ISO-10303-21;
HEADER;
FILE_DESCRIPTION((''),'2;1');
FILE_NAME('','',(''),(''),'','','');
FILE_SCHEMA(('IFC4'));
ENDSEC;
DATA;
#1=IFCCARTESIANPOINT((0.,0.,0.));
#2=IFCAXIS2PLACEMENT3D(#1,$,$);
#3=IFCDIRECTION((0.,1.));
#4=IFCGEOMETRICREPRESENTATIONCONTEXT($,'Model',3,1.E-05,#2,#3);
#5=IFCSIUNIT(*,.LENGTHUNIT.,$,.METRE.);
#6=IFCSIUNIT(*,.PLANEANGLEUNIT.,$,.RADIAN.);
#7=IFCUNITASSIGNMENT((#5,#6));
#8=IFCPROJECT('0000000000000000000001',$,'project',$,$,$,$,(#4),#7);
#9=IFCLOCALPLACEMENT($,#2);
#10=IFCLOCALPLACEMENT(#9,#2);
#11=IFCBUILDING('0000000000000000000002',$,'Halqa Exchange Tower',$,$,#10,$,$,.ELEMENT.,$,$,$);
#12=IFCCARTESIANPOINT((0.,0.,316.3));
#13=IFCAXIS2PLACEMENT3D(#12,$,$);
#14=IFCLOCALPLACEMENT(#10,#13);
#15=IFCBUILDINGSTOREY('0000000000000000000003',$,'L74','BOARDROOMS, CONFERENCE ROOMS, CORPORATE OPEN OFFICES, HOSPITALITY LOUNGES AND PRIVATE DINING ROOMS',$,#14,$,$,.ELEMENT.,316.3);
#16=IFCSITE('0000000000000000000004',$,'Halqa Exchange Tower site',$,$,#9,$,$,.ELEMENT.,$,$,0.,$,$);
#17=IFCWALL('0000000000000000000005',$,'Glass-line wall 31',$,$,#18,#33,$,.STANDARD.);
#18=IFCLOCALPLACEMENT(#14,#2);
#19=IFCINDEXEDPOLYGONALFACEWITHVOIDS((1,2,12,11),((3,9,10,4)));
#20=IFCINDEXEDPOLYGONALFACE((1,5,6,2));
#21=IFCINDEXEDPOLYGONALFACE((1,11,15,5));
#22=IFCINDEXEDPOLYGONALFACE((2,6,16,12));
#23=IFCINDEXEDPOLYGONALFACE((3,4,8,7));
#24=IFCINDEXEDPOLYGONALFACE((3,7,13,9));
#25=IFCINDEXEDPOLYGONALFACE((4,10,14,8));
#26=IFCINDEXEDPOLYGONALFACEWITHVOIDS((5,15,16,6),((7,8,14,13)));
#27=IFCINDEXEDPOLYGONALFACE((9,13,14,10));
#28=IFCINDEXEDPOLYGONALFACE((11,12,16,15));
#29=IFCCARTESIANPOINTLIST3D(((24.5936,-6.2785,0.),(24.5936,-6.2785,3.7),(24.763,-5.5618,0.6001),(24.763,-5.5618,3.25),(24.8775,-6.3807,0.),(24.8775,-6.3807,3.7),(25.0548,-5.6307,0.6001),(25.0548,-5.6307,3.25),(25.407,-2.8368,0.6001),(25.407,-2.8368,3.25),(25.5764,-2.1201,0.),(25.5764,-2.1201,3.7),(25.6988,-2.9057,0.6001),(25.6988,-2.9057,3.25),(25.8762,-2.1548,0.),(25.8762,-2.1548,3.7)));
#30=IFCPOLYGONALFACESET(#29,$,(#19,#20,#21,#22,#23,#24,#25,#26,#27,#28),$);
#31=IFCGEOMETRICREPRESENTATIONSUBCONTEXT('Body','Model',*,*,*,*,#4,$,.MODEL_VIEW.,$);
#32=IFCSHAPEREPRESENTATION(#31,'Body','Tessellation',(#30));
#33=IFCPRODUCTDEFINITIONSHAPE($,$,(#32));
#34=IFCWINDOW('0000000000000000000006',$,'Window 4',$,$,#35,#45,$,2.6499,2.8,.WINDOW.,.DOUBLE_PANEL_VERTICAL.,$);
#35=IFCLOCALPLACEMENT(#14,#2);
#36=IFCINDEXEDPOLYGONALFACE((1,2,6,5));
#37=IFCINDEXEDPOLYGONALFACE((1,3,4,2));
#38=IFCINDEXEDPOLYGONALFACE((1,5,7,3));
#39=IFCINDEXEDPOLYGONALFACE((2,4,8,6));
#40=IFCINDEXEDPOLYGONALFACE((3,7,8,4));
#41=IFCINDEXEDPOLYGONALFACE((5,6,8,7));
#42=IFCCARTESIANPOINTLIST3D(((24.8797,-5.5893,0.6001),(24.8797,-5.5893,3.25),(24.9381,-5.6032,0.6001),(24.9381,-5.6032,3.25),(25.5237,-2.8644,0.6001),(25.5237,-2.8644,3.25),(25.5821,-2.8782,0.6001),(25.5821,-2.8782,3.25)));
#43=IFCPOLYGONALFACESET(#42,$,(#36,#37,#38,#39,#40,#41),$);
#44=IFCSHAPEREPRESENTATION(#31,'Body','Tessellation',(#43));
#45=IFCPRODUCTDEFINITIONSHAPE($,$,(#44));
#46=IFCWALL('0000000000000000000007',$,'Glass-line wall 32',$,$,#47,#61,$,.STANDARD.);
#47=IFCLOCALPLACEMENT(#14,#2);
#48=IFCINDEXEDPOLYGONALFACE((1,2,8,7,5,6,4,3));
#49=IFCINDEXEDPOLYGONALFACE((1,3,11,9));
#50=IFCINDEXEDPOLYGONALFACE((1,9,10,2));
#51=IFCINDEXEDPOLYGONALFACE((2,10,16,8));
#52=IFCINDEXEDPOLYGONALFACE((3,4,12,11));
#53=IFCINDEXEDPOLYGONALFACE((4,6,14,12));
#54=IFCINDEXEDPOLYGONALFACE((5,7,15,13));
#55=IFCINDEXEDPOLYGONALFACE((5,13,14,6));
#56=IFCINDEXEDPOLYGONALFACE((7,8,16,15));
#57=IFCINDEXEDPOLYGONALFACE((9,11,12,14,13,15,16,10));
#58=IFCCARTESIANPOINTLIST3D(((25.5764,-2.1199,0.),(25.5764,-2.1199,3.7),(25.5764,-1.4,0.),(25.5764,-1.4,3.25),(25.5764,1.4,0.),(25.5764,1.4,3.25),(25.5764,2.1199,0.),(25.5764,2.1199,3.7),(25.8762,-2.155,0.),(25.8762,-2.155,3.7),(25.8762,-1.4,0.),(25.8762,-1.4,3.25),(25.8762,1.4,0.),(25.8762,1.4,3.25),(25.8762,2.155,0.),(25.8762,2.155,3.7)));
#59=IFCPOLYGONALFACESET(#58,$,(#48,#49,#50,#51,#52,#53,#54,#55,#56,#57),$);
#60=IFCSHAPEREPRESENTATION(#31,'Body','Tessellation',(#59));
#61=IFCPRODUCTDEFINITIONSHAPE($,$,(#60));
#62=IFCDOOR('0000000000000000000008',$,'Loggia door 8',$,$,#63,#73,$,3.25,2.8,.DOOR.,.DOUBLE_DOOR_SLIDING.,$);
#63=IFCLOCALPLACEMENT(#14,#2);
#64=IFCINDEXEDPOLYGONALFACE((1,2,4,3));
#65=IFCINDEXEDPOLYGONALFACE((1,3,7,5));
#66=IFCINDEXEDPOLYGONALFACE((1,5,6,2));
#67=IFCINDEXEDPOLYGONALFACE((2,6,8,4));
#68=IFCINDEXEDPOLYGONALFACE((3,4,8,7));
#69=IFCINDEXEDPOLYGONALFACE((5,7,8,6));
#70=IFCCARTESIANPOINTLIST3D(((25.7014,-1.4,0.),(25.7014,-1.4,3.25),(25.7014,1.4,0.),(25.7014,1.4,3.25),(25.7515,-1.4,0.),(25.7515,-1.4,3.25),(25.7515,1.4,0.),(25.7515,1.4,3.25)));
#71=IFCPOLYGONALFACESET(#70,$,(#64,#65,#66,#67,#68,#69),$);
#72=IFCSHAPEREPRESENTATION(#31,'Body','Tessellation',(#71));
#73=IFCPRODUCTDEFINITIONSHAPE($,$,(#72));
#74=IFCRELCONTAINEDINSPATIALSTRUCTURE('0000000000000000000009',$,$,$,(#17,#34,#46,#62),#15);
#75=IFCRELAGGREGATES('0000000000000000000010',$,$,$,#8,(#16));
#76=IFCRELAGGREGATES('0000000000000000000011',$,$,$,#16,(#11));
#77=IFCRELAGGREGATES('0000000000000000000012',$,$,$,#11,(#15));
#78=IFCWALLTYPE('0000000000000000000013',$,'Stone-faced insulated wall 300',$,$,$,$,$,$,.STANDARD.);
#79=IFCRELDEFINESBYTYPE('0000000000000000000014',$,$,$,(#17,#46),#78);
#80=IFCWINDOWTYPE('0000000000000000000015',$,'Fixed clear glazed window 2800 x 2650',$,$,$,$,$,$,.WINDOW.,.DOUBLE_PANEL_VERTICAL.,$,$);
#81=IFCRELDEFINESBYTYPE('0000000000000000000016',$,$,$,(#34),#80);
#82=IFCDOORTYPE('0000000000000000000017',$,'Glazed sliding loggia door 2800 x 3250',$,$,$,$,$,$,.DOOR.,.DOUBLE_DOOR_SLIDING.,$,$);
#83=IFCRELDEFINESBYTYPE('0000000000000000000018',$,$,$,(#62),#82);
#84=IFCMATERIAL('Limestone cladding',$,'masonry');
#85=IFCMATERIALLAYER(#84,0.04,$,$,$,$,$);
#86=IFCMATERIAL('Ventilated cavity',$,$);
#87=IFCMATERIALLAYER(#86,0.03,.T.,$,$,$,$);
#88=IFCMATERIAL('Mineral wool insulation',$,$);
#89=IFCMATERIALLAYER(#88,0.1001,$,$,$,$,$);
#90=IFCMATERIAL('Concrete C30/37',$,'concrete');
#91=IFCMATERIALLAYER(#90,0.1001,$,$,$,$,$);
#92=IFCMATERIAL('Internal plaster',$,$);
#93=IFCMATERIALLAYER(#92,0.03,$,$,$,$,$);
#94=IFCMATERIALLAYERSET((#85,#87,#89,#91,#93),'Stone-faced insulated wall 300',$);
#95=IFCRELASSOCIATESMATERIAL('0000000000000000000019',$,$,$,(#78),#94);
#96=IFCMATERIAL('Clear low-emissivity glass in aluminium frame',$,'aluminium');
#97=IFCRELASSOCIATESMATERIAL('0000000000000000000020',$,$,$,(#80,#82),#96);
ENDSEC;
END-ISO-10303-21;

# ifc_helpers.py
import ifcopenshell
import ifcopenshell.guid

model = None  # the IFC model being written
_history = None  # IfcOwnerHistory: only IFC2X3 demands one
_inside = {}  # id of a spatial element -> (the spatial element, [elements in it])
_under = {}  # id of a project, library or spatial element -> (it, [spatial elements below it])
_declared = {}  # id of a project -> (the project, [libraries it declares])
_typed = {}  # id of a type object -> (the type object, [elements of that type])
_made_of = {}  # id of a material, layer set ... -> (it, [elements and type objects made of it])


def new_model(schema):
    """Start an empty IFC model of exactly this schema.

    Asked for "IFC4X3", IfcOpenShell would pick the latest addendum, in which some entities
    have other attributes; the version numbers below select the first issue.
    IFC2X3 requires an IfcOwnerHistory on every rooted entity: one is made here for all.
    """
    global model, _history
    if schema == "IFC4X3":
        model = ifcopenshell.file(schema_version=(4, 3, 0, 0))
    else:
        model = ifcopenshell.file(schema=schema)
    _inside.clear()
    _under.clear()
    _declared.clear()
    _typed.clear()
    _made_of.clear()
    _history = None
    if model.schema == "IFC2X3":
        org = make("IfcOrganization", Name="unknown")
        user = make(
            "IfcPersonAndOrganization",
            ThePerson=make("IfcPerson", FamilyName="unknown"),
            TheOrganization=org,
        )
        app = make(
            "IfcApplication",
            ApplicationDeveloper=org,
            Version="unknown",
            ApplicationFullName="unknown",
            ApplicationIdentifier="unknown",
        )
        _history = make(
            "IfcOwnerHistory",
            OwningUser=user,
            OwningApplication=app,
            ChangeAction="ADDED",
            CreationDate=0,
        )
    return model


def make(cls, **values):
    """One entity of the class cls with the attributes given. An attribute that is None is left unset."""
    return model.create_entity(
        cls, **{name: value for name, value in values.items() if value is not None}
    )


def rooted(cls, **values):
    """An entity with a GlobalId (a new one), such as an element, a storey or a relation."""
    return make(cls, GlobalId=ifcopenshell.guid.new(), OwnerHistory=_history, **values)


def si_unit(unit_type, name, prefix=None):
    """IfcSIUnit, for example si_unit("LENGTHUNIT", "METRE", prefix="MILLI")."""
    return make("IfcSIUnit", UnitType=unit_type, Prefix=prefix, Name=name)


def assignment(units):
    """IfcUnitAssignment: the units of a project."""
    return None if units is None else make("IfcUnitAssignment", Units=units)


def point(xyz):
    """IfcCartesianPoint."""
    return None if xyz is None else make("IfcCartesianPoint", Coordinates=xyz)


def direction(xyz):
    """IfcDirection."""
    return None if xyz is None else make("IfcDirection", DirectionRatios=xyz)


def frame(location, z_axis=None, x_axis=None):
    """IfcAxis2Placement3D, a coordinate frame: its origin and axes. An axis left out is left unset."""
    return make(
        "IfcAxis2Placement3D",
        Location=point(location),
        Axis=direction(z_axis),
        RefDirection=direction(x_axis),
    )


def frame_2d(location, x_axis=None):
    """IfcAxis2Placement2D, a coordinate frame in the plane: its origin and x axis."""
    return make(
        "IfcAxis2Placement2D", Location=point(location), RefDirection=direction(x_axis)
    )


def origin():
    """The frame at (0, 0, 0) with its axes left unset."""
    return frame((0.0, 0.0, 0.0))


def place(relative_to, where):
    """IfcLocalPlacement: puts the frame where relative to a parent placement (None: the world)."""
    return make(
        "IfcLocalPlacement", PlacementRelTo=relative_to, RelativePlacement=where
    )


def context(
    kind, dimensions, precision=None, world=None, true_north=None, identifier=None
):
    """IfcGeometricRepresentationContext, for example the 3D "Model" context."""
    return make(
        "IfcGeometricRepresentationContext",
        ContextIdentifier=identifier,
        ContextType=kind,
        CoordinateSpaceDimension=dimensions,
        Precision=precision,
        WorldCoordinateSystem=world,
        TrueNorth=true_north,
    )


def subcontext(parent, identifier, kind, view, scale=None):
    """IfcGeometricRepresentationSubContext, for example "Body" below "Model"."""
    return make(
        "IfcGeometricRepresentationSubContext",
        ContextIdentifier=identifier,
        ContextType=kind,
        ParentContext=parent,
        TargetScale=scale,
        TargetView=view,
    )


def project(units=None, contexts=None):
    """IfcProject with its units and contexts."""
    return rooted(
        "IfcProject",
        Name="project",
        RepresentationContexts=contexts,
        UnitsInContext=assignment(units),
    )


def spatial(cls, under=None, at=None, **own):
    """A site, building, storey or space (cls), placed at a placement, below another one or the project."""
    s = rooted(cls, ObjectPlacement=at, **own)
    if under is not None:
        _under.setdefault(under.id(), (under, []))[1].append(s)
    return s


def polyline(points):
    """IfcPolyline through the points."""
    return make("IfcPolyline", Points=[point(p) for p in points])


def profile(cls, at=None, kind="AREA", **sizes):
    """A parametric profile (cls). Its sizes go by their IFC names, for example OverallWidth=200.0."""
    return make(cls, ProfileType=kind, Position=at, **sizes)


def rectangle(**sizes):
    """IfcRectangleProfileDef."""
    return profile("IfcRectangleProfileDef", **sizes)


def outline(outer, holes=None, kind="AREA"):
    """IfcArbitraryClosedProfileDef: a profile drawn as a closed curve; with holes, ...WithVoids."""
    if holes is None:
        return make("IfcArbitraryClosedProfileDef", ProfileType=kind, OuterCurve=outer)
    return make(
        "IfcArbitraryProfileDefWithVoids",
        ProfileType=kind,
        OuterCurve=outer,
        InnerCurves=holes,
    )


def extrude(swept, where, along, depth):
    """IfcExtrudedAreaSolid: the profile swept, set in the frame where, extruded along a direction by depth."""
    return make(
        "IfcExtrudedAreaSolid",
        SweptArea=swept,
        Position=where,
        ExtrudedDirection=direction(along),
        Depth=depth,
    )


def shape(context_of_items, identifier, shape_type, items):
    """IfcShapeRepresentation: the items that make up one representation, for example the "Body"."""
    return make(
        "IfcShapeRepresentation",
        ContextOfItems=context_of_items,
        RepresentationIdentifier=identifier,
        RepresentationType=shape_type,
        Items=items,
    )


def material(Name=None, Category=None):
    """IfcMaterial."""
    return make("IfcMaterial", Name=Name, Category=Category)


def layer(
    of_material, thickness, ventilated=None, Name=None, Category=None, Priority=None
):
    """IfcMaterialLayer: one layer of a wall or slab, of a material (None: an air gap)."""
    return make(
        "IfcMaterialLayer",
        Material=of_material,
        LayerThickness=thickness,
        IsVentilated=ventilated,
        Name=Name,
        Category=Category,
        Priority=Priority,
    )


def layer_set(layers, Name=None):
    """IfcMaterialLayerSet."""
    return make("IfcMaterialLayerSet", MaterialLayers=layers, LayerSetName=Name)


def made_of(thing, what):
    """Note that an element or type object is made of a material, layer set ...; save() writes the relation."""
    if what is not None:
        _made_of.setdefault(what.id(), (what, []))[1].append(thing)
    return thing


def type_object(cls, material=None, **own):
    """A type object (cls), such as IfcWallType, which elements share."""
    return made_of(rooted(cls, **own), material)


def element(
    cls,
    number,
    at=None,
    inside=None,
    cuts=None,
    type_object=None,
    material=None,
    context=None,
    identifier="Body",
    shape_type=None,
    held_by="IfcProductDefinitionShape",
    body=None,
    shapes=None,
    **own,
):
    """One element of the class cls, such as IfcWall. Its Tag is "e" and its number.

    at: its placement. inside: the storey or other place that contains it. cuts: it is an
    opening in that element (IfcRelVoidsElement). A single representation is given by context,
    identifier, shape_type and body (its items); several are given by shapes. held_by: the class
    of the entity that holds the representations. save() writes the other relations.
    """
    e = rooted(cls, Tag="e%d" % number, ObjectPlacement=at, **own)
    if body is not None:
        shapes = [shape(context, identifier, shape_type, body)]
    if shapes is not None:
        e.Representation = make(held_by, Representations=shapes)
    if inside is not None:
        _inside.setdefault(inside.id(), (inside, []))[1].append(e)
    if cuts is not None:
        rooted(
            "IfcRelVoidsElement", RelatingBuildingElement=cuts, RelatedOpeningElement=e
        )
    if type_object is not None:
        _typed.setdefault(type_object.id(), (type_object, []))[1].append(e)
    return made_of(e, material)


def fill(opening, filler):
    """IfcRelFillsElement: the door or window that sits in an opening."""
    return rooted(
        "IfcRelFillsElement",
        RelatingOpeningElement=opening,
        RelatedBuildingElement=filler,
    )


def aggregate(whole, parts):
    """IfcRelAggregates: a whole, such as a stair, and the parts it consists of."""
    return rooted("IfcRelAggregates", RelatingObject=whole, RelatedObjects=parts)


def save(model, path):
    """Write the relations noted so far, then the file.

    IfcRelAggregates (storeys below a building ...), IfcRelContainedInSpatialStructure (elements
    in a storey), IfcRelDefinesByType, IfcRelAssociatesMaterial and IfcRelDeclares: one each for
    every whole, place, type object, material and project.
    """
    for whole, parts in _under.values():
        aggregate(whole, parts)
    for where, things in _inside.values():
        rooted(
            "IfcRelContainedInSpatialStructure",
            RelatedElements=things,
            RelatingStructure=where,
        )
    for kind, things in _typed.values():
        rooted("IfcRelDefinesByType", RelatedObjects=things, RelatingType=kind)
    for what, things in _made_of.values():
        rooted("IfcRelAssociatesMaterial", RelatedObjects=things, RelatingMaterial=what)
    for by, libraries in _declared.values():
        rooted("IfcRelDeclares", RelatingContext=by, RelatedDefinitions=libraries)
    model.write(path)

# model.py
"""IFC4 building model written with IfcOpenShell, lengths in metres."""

from ifc_helpers import new_model, si_unit, direction, frame, frame_2d, origin, place, context, subcontext, project, spatial, polyline, rectangle, outline, extrude, material, layer, layer_set, type_object, element, fill, save


model = new_model("IFC4")

# Units and contexts
model_context = context("Model", 3, precision=1e-05, world=origin(), true_north=direction((0.0, 1.0)))
body_context = subcontext(model_context, "Body", "Model", "MODEL_VIEW")
ifc_project = project(units=[si_unit("LENGTHUNIT", "METRE"), si_unit("PLANEANGLEUNIT", "RADIAN")], contexts=[model_context])

# Site, building, storey
site_placement = place(None, origin())
site = spatial("IfcSite", under=ifc_project, at=site_placement, Name="Halqa Exchange Tower site", CompositionType="ELEMENT", RefElevation=0.0)
building_placement = place(site_placement, origin())
building = spatial("IfcBuilding", under=site, at=building_placement, Name="Halqa Exchange Tower", CompositionType="ELEMENT")
storey_placement = place(building_placement, frame((0.0, 0.0, 316.3)))
storey = spatial("IfcBuildingStorey", under=building, at=storey_placement, Name="L74", Description="BOARDROOMS, CONFERENCE ROOMS, CORPORATE OPEN OFFICES, HOSPITALITY LOUNGES AND PRIVATE DINING ROOMS", CompositionType="ELEMENT", Elevation=316.3)

# Wall, opening, window
ifc_material_1 = material(Name="Limestone cladding", Category="masonry")
ifc_layer_1 = layer(ifc_material_1, 0.04)
ifc_material_2 = material(Name="Ventilated cavity")
ifc_layer_2 = layer(ifc_material_2, 0.03, ventilated=True)
ifc_material_3 = material(Name="Mineral wool insulation")
ifc_layer_3 = layer(ifc_material_3, 0.1001)
ifc_material_4 = material(Name="Concrete C30/37", Category="concrete")
ifc_layer_4 = layer(ifc_material_4, 0.1001)
ifc_material_5 = material(Name="Internal plaster")
ifc_layer_5 = layer(ifc_material_5, 0.03)
ifc_layer_set_1 = layer_set([ifc_layer_1, ifc_layer_2, ifc_layer_3, ifc_layer_4, ifc_layer_5], Name="Stone-faced insulated wall 300")
wall_type_1 = type_object("IfcWallType", Name="Stone-faced insulated wall 300", PredefinedType="STANDARD", material=ifc_layer_set_1)
ifc_material_6 = material(Name="Clear low-emissivity glass in aluminium frame", Category="aluminium")
window_type = type_object("IfcWindowType", Name="Fixed clear glazed window 2800 x 2650", PartitioningType="DOUBLE_PANEL_VERTICAL", PredefinedType="WINDOW", material=ifc_material_6)
wall_1_placement = place(storey_placement, frame((24.7356, -6.3296, 0.0), z_axis=(0.0, 0.0, 1.0), x_axis=(0.229993, 0.973192, 0.0)))
wall_1 = element("IfcWall", 1, at=wall_1_placement, inside=storey, type_object=wall_type_1, Name="Glass-line wall 31", PredefinedType="STANDARD", context=body_context, shape_type="SweptSolid", body=[
    extrude(outline(polyline([(-0.0171, -0.1499), (4.3252, -0.1499), (4.29, 0.1499), (0.0171, 0.1499), (-0.0171, -0.1499)])), origin(), (0.0, 0.0, 1.0), 3.7),
])
opening_1_placement = place(wall_1_placement, frame((0.7537, 0.0, 0.6001)))
opening_1 = element("IfcOpeningElement", 2, at=opening_1_placement, cuts=wall_1, PredefinedType="OPENING", context=body_context, shape_type="SweptSolid", body=[
    extrude(rectangle(XDim=2.8, YDim=2.6499, at=frame_2d((1.3999, 1.325))), frame((0.0, 0.1621, 0.0), z_axis=(0.0, -1.0, 0.0), x_axis=(1.0, 0.0, 0.0)), (0.0, 0.0, 1.0), 0.324),
])
window_1_placement = place(opening_1_placement, origin())
window_1 = element("IfcWindow", 3, at=window_1_placement, inside=storey, type_object=window_type, Name="Window 4", OverallHeight=2.6499, OverallWidth=2.8, PartitioningType="DOUBLE_PANEL_VERTICAL", PredefinedType="WINDOW", context=body_context, shape_type="SweptSolid", body=[
    extrude(rectangle(XDim=2.8, YDim=2.6499, at=frame_2d((1.3999, 1.325))), frame((0.0, 0.03, 0.0), z_axis=(0.0, -1.0, 0.0), x_axis=(1.0, 0.0, 0.0)), (0.0, 0.0, 1.0), 0.0601),
])
fill(opening_1, window_1)

# Wall, opening, door
wall_2_placement = place(storey_placement, frame((25.7263, -2.1375, 0.0), z_axis=(0.0, 0.0, 1.0), x_axis=(0.0, 1.0, 0.0)))
wall_2 = element("IfcWall", 4, at=wall_2_placement, inside=storey, type_object=wall_type_1, Name="Glass-line wall 32", PredefinedType="STANDARD", context=body_context, shape_type="SweptSolid", body=[
    extrude(outline(polyline([(-0.0176, -0.1499), (4.2925, -0.1499), (4.2573, 0.1499), (0.0176, 0.1499), (-0.0176, -0.1499)])), origin(), (0.0, 0.0, 1.0), 3.7),
])
opening_2_placement = place(wall_2_placement, frame((0.7375, 0.0, 0.0)))
opening_2 = element("IfcOpeningElement", 5, at=opening_2_placement, cuts=wall_2, PredefinedType="OPENING", context=body_context, shape_type="SweptSolid", body=[
    extrude(rectangle(XDim=2.8, YDim=3.25, at=frame_2d((1.3999, 1.625))), frame((0.0, 0.1621, 0.0), z_axis=(0.0, -1.0, 0.0), x_axis=(1.0, 0.0, 0.0)), (0.0, 0.0, 1.0), 0.324),
])
door_type = type_object("IfcDoorType", Name="Glazed sliding loggia door 2800 x 3250", OperationType="DOUBLE_DOOR_SLIDING", PredefinedType="DOOR", material=ifc_material_6)
door_placement = place(opening_2_placement, origin())
door = element("IfcDoor", 6, at=door_placement, inside=storey, type_object=door_type, Name="Loggia door 8", OperationType="DOUBLE_DOOR_SLIDING", OverallHeight=3.25, OverallWidth=2.8, PredefinedType="DOOR", context=body_context, shape_type="SweptSolid", body=[
    extrude(rectangle(XDim=2.8, YDim=3.25, at=frame_2d((1.3999, 1.625))), frame((0.0, 0.0249, 0.0), z_axis=(0.0, -1.0, 0.0), x_axis=(1.0, 0.0, 0.0)), (0.0, 0.0, 1.0), 0.05),
])
fill(opening_2, door)

save(model, "model.ifc")
